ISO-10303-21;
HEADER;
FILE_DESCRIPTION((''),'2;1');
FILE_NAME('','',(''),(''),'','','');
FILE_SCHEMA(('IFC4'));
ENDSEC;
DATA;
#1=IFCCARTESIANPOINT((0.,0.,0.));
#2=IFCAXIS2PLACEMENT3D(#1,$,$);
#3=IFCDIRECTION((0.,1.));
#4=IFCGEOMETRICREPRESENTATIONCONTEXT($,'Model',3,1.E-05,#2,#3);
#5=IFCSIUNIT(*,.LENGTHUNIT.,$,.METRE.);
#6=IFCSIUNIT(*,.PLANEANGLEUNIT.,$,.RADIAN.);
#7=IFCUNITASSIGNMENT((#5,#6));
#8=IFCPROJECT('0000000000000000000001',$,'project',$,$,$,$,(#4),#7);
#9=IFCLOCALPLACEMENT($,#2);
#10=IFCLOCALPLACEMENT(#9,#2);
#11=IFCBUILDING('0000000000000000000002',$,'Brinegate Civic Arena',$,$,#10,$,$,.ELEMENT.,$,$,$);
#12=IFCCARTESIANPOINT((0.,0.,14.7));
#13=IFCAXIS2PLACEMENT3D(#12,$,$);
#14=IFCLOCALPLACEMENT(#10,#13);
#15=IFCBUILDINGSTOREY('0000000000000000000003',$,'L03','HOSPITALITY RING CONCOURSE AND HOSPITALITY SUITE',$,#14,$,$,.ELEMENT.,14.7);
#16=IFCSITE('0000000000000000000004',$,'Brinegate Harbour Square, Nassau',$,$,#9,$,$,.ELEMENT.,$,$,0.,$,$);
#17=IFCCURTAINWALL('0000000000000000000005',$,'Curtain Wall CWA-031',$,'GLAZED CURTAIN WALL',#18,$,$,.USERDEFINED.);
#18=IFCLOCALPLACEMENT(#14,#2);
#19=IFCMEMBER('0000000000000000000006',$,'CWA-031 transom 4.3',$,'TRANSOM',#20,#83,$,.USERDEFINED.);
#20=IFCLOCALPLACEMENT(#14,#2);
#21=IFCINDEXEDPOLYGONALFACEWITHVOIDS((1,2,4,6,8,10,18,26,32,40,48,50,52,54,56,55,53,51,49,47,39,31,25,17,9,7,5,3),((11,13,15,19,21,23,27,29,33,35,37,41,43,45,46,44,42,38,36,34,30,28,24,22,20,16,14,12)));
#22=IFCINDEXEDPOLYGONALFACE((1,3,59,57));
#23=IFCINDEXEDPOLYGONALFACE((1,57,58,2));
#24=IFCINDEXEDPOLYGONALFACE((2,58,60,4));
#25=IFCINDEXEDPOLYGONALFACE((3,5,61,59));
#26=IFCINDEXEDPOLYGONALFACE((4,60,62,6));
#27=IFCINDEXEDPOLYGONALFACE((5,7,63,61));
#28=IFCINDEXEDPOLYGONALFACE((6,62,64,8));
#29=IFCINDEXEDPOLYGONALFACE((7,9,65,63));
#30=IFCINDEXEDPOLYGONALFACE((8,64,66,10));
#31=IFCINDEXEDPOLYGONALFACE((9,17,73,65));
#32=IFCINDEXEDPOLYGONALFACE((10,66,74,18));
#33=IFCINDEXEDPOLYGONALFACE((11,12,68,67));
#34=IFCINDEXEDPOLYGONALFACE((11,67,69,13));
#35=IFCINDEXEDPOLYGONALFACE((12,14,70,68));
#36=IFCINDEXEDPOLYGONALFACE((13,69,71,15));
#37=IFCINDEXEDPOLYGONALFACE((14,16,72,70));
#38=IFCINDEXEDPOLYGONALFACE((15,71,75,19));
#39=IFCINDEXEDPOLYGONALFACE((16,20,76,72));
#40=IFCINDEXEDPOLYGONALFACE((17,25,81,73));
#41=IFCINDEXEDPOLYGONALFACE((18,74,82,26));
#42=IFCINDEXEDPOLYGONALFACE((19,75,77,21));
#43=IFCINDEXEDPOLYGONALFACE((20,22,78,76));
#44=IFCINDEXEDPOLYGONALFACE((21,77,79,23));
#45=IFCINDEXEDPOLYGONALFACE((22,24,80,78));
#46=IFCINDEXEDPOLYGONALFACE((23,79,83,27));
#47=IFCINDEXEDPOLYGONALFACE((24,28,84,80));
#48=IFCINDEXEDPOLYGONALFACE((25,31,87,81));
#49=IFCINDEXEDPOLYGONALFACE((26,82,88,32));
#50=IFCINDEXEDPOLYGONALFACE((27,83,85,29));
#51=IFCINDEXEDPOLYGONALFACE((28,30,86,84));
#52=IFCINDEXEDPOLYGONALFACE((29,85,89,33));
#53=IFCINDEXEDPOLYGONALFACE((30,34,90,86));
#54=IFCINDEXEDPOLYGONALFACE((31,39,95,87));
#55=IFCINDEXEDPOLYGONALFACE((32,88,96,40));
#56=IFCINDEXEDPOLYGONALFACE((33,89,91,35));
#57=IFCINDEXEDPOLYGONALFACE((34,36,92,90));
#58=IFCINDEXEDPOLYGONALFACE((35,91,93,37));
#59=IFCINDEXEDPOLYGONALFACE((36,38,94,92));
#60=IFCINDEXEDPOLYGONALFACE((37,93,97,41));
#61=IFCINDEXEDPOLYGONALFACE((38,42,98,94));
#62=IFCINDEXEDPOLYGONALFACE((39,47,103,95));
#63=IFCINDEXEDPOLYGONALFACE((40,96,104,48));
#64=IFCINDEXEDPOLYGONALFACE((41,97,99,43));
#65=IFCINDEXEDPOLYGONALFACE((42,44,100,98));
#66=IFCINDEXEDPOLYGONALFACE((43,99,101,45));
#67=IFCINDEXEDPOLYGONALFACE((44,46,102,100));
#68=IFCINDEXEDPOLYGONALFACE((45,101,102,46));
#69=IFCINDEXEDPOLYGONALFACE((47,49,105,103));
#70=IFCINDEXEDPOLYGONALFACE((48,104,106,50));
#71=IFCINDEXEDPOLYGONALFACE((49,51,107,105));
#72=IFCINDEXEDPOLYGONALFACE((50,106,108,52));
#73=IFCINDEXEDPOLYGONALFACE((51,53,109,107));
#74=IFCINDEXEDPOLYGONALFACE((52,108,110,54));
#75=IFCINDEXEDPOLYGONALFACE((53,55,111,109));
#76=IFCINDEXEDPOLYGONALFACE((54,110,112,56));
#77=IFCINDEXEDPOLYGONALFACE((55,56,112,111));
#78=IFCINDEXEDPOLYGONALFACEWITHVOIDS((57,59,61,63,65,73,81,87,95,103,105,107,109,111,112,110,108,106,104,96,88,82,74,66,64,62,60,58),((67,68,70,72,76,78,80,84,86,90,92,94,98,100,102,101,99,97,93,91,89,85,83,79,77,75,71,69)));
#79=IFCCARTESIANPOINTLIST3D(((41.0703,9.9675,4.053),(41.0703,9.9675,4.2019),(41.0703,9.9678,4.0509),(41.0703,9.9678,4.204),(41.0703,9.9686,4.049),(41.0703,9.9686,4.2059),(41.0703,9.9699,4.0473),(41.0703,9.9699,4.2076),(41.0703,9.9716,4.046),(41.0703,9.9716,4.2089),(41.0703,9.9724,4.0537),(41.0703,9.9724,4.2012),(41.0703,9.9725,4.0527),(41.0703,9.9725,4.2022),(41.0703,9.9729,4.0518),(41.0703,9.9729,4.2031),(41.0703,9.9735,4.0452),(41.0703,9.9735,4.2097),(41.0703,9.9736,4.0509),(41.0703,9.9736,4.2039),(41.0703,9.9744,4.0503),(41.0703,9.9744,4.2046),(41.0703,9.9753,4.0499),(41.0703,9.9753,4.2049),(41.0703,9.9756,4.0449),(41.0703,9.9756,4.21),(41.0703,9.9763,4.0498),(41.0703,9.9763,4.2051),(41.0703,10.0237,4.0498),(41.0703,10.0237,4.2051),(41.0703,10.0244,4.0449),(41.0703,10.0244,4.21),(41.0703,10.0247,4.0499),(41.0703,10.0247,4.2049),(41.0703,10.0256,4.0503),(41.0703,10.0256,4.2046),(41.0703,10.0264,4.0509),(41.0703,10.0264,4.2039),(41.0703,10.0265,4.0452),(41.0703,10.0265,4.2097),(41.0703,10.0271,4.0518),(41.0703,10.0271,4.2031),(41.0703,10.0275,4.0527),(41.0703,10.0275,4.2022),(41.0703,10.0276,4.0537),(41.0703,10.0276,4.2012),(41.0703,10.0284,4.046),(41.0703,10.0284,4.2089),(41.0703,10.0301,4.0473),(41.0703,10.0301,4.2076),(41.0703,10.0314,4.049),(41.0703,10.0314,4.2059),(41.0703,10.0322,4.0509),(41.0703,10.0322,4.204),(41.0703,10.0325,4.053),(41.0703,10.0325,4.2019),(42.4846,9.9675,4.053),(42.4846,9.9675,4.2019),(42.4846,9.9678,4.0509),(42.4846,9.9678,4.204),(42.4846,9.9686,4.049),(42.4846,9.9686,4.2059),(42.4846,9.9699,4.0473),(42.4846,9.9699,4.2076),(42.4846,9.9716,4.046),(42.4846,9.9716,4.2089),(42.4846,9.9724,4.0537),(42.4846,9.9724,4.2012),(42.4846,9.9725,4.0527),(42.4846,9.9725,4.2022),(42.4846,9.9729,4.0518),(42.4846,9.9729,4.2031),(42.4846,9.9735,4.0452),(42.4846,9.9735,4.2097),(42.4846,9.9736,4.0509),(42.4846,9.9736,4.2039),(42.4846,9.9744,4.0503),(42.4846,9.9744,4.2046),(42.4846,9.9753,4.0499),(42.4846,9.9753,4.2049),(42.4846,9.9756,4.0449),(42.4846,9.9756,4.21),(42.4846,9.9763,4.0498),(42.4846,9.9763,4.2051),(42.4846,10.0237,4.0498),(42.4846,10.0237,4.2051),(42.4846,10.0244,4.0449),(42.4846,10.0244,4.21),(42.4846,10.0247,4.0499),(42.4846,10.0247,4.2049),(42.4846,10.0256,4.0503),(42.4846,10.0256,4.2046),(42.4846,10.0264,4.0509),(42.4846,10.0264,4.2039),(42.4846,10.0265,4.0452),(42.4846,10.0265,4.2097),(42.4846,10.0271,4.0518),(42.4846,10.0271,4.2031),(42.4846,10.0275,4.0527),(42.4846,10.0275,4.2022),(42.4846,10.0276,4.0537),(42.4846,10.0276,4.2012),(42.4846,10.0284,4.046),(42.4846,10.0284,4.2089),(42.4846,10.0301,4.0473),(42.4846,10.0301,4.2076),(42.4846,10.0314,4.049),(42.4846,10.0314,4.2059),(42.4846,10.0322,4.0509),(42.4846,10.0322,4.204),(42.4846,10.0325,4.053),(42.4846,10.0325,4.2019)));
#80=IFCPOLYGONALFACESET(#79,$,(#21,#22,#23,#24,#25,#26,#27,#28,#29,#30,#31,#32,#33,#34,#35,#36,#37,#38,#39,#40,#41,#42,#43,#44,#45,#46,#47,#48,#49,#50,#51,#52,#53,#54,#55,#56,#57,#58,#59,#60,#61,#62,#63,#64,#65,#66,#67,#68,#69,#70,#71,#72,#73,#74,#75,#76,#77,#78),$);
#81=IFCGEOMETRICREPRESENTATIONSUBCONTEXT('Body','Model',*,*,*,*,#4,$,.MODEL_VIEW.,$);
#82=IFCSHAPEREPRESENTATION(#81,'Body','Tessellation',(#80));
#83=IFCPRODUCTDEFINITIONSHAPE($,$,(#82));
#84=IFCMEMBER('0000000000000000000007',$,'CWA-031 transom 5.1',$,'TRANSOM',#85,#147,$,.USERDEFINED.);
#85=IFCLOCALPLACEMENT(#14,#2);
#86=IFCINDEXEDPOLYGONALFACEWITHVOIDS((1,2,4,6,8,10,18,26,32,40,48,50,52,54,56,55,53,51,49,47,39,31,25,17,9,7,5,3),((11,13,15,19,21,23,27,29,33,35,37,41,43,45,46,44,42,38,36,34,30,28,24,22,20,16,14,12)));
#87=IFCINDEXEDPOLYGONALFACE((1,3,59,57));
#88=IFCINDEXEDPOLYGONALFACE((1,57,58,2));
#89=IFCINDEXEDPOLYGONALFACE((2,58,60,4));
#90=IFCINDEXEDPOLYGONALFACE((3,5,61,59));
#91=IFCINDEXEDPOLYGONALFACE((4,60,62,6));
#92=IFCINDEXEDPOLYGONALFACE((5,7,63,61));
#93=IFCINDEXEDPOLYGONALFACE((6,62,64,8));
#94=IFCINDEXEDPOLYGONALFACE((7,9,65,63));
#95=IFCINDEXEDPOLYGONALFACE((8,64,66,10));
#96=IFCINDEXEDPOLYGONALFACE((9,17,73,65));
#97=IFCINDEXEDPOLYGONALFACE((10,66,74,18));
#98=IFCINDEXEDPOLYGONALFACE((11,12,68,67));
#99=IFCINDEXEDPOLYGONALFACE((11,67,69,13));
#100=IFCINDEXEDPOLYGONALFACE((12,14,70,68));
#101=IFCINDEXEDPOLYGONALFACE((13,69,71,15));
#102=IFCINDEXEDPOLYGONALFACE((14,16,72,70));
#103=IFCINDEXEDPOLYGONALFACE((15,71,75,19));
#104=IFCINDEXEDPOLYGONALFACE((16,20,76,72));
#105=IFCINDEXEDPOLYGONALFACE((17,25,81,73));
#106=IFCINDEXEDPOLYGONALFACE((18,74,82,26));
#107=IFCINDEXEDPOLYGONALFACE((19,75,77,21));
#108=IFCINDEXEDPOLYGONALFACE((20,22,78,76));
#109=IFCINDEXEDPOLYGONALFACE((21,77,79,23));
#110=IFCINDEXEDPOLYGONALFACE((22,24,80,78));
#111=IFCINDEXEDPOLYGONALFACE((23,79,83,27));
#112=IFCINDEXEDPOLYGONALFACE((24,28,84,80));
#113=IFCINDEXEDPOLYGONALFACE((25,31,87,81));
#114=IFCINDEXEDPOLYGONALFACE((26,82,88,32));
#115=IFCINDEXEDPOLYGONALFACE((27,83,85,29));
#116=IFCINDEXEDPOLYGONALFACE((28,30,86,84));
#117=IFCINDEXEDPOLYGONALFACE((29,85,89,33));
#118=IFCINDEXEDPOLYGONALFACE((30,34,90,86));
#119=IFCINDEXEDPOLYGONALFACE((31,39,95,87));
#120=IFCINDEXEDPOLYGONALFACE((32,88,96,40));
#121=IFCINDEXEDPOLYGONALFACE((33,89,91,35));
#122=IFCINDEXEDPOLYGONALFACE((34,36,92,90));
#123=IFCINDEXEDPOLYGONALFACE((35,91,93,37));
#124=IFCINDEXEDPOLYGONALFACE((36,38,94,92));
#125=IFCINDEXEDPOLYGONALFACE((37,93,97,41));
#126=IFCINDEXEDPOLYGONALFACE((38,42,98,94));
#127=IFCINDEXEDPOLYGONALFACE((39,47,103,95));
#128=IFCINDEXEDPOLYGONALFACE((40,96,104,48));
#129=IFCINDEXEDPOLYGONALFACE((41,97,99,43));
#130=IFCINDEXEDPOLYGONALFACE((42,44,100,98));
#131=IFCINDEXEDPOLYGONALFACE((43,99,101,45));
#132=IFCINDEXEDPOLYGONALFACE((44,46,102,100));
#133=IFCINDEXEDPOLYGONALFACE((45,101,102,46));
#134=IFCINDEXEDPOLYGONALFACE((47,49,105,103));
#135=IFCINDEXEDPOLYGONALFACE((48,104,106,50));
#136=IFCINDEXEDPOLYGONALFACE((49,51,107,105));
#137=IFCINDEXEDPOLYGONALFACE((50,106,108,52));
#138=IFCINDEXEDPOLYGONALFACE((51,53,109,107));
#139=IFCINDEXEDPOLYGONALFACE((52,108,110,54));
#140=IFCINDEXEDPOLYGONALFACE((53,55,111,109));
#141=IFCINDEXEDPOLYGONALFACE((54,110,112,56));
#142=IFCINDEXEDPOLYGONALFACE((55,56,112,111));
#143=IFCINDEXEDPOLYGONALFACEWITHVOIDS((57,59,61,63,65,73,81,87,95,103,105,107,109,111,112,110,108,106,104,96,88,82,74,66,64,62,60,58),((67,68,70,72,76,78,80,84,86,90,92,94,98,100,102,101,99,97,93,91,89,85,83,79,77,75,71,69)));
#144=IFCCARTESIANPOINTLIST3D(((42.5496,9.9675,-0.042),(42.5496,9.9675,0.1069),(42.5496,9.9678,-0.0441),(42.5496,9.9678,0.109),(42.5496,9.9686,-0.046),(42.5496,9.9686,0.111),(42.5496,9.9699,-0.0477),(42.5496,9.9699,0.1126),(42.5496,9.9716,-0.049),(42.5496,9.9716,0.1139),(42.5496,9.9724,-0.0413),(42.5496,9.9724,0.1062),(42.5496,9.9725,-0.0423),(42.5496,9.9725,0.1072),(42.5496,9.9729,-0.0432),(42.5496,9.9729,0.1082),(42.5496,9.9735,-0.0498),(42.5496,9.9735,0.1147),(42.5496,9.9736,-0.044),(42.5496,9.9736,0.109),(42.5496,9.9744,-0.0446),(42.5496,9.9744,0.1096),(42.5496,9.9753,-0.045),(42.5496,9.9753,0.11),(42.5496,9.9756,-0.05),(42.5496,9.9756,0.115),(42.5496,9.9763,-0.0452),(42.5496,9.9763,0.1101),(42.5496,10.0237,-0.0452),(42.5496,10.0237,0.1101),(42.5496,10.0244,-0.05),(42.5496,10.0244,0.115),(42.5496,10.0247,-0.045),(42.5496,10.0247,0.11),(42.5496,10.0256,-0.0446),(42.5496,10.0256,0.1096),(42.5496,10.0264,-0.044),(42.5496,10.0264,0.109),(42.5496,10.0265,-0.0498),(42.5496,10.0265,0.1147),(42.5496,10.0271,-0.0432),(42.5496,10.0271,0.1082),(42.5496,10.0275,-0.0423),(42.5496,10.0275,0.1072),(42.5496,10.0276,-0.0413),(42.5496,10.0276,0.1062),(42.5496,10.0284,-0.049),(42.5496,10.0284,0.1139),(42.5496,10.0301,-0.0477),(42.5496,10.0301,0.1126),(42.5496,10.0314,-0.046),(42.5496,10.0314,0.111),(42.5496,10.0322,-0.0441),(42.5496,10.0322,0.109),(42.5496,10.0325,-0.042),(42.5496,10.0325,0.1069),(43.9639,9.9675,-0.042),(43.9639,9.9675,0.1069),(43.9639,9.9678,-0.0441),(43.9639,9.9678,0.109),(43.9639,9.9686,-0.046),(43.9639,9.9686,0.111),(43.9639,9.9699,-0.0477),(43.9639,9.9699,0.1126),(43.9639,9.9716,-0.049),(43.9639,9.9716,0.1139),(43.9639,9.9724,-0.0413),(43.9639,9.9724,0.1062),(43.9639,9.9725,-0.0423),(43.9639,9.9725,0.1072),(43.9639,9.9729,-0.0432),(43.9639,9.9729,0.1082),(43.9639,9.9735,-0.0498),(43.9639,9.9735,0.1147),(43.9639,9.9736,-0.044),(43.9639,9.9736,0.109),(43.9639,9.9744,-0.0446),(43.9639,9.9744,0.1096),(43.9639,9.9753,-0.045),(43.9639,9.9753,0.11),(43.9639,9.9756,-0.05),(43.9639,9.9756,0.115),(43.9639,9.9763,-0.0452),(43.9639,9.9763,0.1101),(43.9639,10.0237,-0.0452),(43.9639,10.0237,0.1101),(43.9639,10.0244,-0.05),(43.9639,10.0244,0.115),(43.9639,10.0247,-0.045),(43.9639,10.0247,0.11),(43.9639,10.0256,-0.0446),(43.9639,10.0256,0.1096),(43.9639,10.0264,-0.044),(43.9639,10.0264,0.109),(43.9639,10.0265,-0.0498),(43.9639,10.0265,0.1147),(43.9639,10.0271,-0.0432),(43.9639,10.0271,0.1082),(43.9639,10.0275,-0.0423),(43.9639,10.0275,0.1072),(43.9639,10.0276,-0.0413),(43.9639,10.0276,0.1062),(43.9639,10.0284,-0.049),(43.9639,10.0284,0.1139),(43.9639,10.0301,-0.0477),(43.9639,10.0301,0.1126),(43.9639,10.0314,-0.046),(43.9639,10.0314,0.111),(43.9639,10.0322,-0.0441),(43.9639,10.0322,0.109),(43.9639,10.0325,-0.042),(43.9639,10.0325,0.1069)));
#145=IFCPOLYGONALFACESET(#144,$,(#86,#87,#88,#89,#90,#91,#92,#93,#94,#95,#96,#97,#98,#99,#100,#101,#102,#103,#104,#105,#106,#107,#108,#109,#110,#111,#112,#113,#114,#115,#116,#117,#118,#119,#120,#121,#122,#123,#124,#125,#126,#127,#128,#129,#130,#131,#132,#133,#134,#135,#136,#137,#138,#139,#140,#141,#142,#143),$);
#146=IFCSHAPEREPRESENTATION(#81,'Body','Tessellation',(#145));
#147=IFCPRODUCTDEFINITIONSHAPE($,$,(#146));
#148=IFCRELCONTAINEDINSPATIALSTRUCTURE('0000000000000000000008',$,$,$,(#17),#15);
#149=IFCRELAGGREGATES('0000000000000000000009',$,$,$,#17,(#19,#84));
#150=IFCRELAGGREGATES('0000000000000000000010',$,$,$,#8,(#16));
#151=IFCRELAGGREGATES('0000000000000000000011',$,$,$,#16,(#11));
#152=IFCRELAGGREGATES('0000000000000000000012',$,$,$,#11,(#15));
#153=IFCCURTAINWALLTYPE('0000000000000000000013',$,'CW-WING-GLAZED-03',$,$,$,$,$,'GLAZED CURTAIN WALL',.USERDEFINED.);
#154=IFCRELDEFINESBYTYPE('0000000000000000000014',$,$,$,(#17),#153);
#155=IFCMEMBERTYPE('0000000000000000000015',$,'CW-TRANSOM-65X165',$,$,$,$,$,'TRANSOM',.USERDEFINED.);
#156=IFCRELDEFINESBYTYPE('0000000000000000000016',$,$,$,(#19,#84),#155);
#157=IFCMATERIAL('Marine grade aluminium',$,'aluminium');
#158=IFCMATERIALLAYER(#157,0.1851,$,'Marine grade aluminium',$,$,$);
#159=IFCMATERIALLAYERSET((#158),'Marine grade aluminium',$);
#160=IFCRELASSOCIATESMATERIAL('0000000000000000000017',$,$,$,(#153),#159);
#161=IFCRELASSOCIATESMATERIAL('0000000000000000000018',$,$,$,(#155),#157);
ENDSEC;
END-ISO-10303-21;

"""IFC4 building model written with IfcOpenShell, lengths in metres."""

from ifc_helpers import new_model, si_unit, direction, frame, origin, origin_2d, place, context, subcontext, project, spatial, hollow_rectangle, extrude, material, layer, layer_set, material_profile, profile_set, type_object, element, aggregate, save


model = new_model("IFC4")

# Units and contexts
model_context = context("Model", 3, precision=1e-05, world=origin(), true_north=direction((0.0, 1.0)))
body_context = subcontext(model_context, "Body", "Model", "MODEL_VIEW")
ifc_project = project(units=[si_unit("LENGTHUNIT", "METRE"), si_unit("PLANEANGLEUNIT", "RADIAN")], contexts=[model_context])

# Site, building, storey
site_placement = place(None, origin())
site = spatial("IfcSite", under=ifc_project, at=site_placement, Name="Brinegate Harbour Square, Nassau", CompositionType="ELEMENT", RefElevation=0.0)
building_placement = place(site_placement, origin())
building = spatial("IfcBuilding", under=site, at=building_placement, Name="Brinegate Civic Arena", CompositionType="ELEMENT")
storey_placement = place(building_placement, frame((0.0, 0.0, 14.7)))
storey = spatial("IfcBuildingStorey", under=building, at=storey_placement, Name="L03", Description="HOSPITALITY RING CONCOURSE AND HOSPITALITY SUITE", CompositionType="ELEMENT", Elevation=14.7)

# Curtain wall
ifc_material_1 = material(Name="Marine grade aluminium", Category="aluminium")
ifc_layer_1 = layer(ifc_material_1, 0.1851, Name="Marine grade aluminium")
ifc_layer_set_1 = layer_set([ifc_layer_1], Name="Marine grade aluminium")
curtain_wall_type = type_object("IfcCurtainWallType", Name="CW-WING-GLAZED-03", ElementType="GLAZED CURTAIN WALL", PredefinedType="USERDEFINED", material=ifc_layer_set_1)
curtain_wall_1_placement = place(storey_placement, origin())
curtain_wall_1 = element("IfcCurtainWall", 1, at=curtain_wall_1_placement, inside=storey, type_object=curtain_wall_type, Name="Curtain Wall CWA-031", ObjectType="GLAZED CURTAIN WALL", PredefinedType="USERDEFINED")

# Members
ifc_material_profile_1 = material_profile(ifc_material_1, hollow_rectangle(XDim=0.0649, YDim=0.165, WallThickness=0.0049, InnerFilletRadius=0.0039, OuterFilletRadius=0.0081, at=origin_2d()), Name="TRN65X165")
ifc_profile_set_1 = profile_set([ifc_material_profile_1], Name="Marine grade aluminium")
member_type_1 = type_object("IfcMemberType", Name="CW-TRANSOM-65X165", ElementType="TRANSOM", PredefinedType="USERDEFINED", material=ifc_profile_set_1)
member_1_placement = place(storey_placement, frame((41.0703, 10.0, 4.1274), z_axis=(1.0, 0.0, 0.0), x_axis=(0.0, 1.0, 0.0)))
member_1 = element("IfcMember", 2, at=member_1_placement, type_object=member_type_1, Name="CWA-031 transom 4.3", ObjectType="TRANSOM", PredefinedType="USERDEFINED", context=body_context, shape_type="SweptSolid", body=[
    extrude(hollow_rectangle(XDim=0.0649, YDim=0.165, WallThickness=0.0049, InnerFilletRadius=0.0039, OuterFilletRadius=0.0081, at=origin_2d()), origin(), (0.0, 0.0, 1.0), 1.4143),
])
member_2_placement = place(storey_placement, frame((42.5496, 10.0, 0.0325), z_axis=(1.0, 0.0, 0.0), x_axis=(0.0, 1.0, 0.0)))
member_2 = element("IfcMember", 3, at=member_2_placement, type_object=member_type_1, Name="CWA-031 transom 5.1", ObjectType="TRANSOM", PredefinedType="USERDEFINED", context=body_context, shape_type="SweptSolid", body=[
    extrude(hollow_rectangle(XDim=0.0649, YDim=0.165, WallThickness=0.0049, InnerFilletRadius=0.0039, OuterFilletRadius=0.0081, at=origin_2d()), origin(), (0.0, 0.0, 1.0), 1.4143),
])

aggregate(curtain_wall_1, [member_1, member_2])

save(model, "model.ifc")
